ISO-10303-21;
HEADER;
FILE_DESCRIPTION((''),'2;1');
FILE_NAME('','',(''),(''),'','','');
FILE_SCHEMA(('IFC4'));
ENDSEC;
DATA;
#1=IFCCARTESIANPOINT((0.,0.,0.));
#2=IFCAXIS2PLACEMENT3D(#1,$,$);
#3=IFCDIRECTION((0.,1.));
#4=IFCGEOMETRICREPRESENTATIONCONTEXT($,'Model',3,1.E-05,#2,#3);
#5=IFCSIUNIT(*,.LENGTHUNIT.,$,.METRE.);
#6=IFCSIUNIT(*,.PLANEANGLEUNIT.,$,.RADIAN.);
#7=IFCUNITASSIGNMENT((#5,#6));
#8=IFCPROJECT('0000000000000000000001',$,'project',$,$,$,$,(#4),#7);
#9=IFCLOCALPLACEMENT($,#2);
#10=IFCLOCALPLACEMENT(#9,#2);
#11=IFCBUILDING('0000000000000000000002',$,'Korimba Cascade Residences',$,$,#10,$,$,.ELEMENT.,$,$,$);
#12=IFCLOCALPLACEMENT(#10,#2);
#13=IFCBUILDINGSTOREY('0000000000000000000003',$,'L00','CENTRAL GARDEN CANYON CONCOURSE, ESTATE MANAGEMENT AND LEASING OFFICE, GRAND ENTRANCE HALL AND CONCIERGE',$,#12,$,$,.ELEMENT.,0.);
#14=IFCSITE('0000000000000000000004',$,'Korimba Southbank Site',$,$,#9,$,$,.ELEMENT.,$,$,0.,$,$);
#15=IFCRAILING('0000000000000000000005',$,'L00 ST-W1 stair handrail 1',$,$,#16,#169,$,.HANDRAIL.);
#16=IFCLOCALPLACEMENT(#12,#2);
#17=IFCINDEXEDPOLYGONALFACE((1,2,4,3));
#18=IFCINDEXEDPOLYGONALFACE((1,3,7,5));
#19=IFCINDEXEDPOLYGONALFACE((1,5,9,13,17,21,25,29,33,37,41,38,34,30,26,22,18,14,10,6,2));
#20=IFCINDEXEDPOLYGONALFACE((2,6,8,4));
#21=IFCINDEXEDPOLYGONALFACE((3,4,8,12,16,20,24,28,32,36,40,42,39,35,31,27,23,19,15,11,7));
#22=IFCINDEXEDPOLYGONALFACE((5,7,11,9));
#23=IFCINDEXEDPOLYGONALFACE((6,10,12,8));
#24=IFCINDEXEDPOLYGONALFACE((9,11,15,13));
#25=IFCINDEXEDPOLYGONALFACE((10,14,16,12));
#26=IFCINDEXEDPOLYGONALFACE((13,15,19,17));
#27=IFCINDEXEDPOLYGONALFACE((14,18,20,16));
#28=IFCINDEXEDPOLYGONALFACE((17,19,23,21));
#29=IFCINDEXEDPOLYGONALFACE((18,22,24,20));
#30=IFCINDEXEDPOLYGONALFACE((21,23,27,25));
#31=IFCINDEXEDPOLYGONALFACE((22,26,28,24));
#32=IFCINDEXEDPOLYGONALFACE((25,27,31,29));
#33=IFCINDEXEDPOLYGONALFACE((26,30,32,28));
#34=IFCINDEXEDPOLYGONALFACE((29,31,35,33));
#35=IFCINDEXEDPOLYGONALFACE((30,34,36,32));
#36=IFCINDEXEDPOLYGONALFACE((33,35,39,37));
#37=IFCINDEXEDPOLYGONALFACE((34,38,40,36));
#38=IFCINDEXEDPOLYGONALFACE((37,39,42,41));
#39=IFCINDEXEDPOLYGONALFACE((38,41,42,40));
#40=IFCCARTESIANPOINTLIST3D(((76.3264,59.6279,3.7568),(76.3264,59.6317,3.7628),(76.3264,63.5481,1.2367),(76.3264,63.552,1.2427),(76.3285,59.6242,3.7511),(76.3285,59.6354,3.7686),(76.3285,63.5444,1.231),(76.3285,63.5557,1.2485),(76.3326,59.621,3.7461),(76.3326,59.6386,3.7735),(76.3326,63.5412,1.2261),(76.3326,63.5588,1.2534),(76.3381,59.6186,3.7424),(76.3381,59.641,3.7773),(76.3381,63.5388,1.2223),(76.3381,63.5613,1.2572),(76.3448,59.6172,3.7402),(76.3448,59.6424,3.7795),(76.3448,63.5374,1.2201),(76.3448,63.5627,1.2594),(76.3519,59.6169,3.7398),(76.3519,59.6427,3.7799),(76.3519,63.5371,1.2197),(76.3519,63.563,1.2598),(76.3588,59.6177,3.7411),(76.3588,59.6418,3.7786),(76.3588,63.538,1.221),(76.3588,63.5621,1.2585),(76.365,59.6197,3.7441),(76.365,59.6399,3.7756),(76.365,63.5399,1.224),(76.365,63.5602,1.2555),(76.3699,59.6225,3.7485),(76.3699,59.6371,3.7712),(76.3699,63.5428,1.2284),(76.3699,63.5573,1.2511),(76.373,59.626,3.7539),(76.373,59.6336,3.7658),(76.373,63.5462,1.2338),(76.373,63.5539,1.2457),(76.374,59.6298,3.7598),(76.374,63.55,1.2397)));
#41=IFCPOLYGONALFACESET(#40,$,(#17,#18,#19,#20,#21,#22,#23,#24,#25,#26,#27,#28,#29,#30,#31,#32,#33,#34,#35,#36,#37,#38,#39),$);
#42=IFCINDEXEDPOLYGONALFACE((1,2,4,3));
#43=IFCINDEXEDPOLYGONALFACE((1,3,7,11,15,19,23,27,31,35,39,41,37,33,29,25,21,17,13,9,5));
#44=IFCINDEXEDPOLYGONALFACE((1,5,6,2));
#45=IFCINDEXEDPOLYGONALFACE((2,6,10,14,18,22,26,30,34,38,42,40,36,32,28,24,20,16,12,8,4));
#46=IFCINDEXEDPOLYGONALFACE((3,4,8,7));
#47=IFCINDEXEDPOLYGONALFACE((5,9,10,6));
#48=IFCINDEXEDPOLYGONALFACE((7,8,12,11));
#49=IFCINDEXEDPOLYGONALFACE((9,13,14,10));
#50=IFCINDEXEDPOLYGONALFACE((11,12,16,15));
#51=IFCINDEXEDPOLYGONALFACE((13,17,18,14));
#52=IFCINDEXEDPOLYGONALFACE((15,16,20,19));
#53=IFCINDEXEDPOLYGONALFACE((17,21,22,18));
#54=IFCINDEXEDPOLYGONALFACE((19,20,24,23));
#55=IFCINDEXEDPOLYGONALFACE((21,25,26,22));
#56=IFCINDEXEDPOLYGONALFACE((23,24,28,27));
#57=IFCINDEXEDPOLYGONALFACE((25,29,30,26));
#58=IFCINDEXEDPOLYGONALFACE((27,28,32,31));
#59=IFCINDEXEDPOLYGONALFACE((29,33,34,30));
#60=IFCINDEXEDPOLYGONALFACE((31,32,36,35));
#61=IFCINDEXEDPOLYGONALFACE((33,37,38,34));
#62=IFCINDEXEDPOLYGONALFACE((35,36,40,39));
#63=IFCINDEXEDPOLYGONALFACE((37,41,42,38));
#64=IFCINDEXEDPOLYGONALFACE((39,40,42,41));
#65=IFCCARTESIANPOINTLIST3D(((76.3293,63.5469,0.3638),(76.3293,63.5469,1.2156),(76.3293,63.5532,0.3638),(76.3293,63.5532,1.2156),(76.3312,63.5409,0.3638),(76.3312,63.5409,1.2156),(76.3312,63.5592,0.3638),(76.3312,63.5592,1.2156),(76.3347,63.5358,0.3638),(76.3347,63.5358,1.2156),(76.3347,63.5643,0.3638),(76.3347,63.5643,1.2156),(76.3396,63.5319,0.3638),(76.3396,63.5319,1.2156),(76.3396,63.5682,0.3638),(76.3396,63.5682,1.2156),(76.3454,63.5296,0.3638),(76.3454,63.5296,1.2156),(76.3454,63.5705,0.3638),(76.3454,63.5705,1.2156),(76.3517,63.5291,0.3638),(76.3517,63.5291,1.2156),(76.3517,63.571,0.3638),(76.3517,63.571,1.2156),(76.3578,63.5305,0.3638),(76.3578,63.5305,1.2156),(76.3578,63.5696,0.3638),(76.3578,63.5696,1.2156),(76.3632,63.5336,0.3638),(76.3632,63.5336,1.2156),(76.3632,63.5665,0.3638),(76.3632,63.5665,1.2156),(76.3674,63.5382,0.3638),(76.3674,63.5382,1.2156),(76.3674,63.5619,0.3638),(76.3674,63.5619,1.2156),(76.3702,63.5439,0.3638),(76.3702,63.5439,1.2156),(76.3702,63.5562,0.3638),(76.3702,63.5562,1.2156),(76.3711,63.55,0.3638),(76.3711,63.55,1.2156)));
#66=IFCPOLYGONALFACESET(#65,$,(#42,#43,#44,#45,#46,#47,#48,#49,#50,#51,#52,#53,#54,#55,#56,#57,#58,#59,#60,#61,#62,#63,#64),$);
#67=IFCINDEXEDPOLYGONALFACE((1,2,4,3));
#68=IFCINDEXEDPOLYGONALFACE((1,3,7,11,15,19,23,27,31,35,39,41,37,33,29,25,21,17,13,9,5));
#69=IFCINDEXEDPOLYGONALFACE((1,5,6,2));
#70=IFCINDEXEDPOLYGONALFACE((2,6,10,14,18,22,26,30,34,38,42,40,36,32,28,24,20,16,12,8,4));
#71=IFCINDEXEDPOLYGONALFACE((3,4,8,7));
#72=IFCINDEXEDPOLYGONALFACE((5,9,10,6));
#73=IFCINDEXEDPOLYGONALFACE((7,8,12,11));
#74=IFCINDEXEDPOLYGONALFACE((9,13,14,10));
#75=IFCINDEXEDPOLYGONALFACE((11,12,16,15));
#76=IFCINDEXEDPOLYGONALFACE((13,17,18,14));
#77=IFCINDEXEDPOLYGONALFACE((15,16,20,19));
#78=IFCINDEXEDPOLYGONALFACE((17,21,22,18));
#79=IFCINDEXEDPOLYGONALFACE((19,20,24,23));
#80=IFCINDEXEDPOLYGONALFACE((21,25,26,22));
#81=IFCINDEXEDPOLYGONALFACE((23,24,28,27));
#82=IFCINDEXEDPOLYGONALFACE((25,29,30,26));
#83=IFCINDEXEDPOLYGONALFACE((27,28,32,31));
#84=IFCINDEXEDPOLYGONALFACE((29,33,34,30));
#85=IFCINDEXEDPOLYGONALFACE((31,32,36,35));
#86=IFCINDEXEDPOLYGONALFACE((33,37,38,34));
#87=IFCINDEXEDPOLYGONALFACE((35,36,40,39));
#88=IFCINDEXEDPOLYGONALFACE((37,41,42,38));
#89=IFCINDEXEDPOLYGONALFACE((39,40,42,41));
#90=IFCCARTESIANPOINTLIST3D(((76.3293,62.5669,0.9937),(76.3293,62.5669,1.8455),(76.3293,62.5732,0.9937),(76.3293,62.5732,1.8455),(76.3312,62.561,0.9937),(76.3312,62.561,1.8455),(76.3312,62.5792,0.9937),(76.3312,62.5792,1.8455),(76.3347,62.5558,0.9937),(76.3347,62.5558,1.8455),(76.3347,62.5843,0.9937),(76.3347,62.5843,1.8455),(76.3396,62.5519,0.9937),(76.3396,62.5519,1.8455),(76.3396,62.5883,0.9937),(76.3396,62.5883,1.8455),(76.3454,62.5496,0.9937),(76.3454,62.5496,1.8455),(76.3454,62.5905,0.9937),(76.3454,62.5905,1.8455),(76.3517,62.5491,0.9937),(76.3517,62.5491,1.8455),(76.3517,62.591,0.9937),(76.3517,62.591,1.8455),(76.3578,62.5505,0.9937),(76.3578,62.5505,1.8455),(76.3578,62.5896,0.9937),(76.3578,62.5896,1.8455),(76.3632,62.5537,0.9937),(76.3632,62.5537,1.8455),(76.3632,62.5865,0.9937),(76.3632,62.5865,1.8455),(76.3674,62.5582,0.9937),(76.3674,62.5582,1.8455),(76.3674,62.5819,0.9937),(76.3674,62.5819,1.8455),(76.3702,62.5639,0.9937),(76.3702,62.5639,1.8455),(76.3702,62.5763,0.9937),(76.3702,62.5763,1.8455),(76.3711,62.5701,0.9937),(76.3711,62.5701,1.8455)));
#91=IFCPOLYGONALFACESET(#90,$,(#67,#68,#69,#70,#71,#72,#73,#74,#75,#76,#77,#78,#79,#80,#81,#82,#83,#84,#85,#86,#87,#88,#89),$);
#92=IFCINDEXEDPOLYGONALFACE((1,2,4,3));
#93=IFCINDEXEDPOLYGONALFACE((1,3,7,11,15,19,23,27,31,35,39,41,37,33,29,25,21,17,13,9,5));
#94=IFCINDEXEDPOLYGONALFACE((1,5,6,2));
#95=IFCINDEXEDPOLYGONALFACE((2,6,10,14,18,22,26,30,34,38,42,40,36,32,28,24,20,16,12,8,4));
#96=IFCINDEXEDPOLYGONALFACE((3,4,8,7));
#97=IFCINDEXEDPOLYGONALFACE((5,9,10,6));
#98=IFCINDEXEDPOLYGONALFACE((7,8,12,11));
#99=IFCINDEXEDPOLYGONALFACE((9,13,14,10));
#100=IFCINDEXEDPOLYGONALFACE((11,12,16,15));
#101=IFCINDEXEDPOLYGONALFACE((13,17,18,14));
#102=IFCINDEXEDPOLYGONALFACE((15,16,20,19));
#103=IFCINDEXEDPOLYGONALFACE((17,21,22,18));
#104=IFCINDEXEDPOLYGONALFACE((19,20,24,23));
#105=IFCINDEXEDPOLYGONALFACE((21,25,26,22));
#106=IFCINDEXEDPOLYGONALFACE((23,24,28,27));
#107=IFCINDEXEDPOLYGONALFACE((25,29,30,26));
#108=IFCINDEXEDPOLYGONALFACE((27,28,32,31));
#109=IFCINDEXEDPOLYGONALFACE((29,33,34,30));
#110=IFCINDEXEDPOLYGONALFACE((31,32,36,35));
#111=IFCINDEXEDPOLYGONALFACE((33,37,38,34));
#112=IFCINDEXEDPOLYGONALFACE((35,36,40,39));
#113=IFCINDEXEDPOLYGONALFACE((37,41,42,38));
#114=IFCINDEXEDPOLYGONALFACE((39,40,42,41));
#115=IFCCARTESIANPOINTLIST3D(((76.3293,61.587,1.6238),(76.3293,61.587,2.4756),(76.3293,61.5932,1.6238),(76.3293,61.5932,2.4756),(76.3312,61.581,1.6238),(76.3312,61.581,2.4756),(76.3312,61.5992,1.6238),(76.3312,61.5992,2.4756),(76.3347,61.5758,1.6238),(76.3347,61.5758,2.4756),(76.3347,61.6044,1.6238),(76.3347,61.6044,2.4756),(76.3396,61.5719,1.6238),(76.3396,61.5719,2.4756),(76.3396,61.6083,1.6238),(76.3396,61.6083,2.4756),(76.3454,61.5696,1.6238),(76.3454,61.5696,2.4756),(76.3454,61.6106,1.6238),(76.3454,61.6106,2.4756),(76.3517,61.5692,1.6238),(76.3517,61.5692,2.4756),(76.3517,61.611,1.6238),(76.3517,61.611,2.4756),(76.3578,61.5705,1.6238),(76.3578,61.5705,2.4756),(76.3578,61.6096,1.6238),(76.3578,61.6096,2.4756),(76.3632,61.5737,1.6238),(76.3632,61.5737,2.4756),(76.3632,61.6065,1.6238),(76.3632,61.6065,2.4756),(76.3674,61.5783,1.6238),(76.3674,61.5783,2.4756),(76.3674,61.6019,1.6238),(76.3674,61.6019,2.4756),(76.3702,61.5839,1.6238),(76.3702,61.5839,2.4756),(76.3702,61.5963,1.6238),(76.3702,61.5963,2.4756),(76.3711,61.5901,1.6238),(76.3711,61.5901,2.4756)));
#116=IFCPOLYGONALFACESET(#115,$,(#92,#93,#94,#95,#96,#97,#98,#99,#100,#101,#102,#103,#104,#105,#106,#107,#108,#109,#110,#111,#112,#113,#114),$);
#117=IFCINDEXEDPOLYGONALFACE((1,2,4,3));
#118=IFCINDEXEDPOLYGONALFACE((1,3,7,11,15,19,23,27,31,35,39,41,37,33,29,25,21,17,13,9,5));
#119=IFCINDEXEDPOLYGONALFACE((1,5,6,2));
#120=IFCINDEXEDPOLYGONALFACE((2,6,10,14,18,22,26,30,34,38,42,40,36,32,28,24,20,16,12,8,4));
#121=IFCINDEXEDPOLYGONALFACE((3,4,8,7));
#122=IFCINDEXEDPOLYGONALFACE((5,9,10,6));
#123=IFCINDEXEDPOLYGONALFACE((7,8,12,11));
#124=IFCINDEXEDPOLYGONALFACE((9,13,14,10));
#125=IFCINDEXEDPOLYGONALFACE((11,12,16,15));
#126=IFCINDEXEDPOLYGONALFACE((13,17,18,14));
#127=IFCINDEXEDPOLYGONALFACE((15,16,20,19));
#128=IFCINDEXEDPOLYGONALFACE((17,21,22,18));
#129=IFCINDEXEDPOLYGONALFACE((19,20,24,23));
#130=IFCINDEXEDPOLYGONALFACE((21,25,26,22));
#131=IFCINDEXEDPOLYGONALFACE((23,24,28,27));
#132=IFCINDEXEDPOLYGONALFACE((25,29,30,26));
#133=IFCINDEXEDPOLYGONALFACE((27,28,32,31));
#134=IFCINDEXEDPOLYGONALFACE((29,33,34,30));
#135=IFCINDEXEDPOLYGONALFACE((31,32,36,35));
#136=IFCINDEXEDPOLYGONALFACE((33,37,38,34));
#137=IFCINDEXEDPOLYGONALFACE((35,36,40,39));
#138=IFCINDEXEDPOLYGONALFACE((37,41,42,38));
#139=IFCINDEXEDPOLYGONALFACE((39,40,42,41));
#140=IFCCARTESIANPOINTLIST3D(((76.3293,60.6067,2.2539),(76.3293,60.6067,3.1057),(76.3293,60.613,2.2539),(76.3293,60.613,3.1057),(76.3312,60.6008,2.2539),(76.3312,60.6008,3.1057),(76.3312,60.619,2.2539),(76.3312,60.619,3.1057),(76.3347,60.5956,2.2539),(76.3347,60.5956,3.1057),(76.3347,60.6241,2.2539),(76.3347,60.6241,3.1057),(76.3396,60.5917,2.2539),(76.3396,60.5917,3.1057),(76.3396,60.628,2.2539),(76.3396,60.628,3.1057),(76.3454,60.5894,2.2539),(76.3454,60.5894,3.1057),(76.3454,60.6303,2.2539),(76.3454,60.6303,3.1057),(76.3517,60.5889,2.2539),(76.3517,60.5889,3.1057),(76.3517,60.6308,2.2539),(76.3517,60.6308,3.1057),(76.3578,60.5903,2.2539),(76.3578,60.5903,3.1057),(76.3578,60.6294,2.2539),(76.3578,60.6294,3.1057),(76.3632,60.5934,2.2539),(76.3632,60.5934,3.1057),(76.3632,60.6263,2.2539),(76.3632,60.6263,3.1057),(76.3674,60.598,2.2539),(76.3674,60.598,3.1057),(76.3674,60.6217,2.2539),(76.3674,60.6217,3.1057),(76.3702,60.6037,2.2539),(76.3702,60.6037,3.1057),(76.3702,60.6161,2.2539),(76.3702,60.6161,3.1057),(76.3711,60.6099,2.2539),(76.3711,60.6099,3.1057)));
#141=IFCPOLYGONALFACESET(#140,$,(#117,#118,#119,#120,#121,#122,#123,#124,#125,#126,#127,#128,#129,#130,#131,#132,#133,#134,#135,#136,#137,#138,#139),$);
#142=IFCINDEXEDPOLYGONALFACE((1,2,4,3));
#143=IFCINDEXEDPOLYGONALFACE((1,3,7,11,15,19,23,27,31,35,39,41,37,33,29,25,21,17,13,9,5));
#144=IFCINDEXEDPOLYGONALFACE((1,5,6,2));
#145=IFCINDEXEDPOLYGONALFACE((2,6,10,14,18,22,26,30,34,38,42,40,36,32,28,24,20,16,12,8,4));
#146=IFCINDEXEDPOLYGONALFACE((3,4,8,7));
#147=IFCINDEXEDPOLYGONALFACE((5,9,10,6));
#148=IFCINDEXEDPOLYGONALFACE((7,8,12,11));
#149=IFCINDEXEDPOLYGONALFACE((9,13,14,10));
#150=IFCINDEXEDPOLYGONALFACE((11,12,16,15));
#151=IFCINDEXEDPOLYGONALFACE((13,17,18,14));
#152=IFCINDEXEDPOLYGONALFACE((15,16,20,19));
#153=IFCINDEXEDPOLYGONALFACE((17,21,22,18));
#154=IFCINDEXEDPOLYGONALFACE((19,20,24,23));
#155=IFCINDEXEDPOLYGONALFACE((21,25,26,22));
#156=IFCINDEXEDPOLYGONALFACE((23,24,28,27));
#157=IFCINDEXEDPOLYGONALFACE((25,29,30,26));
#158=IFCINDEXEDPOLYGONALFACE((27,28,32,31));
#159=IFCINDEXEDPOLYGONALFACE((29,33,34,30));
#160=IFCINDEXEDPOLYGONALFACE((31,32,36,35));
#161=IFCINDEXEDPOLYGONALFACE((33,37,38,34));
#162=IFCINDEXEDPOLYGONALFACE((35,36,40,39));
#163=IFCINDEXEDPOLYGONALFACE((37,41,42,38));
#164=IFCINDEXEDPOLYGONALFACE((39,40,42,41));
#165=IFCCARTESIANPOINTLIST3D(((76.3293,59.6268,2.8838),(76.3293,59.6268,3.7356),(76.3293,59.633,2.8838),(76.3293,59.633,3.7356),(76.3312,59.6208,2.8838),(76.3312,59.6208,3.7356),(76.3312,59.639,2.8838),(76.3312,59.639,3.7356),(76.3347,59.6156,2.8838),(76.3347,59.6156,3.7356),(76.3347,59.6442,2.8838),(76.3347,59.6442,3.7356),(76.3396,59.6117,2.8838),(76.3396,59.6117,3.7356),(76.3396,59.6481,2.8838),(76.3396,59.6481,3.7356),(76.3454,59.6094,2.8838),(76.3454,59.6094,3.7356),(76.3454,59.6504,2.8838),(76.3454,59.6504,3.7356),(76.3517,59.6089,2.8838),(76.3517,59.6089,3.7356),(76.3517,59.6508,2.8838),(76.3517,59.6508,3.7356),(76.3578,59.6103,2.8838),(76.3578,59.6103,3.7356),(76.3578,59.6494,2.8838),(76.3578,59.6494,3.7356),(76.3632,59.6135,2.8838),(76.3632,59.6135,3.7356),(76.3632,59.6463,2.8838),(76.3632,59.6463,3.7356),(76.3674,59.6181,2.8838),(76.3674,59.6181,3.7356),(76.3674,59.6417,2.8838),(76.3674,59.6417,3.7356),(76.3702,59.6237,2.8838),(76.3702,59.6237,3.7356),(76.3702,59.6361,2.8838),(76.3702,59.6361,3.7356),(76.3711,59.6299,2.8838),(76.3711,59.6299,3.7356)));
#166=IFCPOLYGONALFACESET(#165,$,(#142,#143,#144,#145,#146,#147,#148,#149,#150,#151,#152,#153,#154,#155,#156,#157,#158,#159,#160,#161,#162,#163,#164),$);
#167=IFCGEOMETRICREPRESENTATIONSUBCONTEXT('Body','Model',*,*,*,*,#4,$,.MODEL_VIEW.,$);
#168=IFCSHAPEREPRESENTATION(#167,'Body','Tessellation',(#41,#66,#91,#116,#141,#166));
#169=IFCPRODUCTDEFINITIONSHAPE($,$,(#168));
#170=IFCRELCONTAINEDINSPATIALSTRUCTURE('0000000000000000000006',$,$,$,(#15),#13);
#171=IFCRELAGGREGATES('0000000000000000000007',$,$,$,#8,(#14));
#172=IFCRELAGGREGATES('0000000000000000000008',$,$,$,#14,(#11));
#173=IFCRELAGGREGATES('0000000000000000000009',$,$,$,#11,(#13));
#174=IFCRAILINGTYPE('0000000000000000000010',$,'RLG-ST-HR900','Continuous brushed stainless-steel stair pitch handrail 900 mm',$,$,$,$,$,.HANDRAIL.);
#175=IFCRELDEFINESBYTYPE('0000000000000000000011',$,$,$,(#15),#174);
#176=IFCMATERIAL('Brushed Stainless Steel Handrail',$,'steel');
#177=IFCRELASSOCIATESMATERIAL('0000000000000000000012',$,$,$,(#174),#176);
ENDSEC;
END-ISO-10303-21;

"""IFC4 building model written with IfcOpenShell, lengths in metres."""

from ifc_helpers import new_model, si_unit, direction, frame, origin, origin_2d, place, context, subcontext, project, spatial, circle, extrude, material, type_object, element, save


model = new_model("IFC4")

# Units and contexts
model_context = context("Model", 3, precision=1e-05, world=origin(), true_north=direction((0.0, 1.0)))
body_context = subcontext(model_context, "Body", "Model", "MODEL_VIEW")
ifc_project = project(units=[si_unit("LENGTHUNIT", "METRE"), si_unit("PLANEANGLEUNIT", "RADIAN")], contexts=[model_context])

# Site, building, storey
site_placement = place(None, origin())
site = spatial("IfcSite", under=ifc_project, at=site_placement, Name="Korimba Southbank Site", CompositionType="ELEMENT", RefElevation=0.0)
building_placement = place(site_placement, origin())
building = spatial("IfcBuilding", under=site, at=building_placement, Name="Korimba Cascade Residences", CompositionType="ELEMENT")
storey_placement = place(building_placement, origin())
storey = spatial("IfcBuildingStorey", under=building, at=storey_placement, Name="L00", Description="CENTRAL GARDEN CANYON CONCOURSE, ESTATE MANAGEMENT AND LEASING OFFICE, GRAND ENTRANCE HALL AND CONCIERGE", CompositionType="ELEMENT", Elevation=0.0)

# Railing
ifc_material_1 = material(Name="Brushed Stainless Steel Handrail", Category="steel")
railing_type_1 = type_object("IfcRailingType", Name="RLG-ST-HR900", Description="Continuous brushed stainless-steel stair pitch handrail 900 mm", PredefinedType="HANDRAIL", material=ifc_material_1)
railing_1_placement = place(storey_placement, frame((76.3501, 63.55, 0.3638)))
element("IfcRailing", 1, at=railing_1_placement, inside=storey, type_object=railing_type_1, Name="L00 ST-W1 stair handrail 1", PredefinedType="HANDRAIL", context=body_context, shape_type="SweptSolid", body=[
    extrude(circle(Radius=0.0239, at=origin_2d()), frame((0.0, 0.0, 0.876), z_axis=(0.0, -0.841187, 0.540744), x_axis=(1.0, 0.0, 0.0)), (0.0, 0.0, 1.0), 4.6604),
    extrude(circle(Radius=0.021, at=origin_2d()), origin(), (0.0, 0.0, 1.0), 0.8518),
    extrude(circle(Radius=0.021, at=origin_2d()), frame((0.0, -0.98, 0.6299)), (0.0, 0.0, 1.0), 0.8518),
    extrude(circle(Radius=0.021, at=origin_2d()), frame((0.0, -1.96, 1.26)), (0.0, 0.0, 1.0), 0.8518),
    extrude(circle(Radius=0.021, at=origin_2d()), frame((0.0, -2.9402, 1.8901)), (0.0, 0.0, 1.0), 0.8518),
    extrude(circle(Radius=0.021, at=origin_2d()), frame((0.0, -3.9202, 2.52)), (0.0, 0.0, 1.0), 0.8518),
])

save(model, "model.ifc")
